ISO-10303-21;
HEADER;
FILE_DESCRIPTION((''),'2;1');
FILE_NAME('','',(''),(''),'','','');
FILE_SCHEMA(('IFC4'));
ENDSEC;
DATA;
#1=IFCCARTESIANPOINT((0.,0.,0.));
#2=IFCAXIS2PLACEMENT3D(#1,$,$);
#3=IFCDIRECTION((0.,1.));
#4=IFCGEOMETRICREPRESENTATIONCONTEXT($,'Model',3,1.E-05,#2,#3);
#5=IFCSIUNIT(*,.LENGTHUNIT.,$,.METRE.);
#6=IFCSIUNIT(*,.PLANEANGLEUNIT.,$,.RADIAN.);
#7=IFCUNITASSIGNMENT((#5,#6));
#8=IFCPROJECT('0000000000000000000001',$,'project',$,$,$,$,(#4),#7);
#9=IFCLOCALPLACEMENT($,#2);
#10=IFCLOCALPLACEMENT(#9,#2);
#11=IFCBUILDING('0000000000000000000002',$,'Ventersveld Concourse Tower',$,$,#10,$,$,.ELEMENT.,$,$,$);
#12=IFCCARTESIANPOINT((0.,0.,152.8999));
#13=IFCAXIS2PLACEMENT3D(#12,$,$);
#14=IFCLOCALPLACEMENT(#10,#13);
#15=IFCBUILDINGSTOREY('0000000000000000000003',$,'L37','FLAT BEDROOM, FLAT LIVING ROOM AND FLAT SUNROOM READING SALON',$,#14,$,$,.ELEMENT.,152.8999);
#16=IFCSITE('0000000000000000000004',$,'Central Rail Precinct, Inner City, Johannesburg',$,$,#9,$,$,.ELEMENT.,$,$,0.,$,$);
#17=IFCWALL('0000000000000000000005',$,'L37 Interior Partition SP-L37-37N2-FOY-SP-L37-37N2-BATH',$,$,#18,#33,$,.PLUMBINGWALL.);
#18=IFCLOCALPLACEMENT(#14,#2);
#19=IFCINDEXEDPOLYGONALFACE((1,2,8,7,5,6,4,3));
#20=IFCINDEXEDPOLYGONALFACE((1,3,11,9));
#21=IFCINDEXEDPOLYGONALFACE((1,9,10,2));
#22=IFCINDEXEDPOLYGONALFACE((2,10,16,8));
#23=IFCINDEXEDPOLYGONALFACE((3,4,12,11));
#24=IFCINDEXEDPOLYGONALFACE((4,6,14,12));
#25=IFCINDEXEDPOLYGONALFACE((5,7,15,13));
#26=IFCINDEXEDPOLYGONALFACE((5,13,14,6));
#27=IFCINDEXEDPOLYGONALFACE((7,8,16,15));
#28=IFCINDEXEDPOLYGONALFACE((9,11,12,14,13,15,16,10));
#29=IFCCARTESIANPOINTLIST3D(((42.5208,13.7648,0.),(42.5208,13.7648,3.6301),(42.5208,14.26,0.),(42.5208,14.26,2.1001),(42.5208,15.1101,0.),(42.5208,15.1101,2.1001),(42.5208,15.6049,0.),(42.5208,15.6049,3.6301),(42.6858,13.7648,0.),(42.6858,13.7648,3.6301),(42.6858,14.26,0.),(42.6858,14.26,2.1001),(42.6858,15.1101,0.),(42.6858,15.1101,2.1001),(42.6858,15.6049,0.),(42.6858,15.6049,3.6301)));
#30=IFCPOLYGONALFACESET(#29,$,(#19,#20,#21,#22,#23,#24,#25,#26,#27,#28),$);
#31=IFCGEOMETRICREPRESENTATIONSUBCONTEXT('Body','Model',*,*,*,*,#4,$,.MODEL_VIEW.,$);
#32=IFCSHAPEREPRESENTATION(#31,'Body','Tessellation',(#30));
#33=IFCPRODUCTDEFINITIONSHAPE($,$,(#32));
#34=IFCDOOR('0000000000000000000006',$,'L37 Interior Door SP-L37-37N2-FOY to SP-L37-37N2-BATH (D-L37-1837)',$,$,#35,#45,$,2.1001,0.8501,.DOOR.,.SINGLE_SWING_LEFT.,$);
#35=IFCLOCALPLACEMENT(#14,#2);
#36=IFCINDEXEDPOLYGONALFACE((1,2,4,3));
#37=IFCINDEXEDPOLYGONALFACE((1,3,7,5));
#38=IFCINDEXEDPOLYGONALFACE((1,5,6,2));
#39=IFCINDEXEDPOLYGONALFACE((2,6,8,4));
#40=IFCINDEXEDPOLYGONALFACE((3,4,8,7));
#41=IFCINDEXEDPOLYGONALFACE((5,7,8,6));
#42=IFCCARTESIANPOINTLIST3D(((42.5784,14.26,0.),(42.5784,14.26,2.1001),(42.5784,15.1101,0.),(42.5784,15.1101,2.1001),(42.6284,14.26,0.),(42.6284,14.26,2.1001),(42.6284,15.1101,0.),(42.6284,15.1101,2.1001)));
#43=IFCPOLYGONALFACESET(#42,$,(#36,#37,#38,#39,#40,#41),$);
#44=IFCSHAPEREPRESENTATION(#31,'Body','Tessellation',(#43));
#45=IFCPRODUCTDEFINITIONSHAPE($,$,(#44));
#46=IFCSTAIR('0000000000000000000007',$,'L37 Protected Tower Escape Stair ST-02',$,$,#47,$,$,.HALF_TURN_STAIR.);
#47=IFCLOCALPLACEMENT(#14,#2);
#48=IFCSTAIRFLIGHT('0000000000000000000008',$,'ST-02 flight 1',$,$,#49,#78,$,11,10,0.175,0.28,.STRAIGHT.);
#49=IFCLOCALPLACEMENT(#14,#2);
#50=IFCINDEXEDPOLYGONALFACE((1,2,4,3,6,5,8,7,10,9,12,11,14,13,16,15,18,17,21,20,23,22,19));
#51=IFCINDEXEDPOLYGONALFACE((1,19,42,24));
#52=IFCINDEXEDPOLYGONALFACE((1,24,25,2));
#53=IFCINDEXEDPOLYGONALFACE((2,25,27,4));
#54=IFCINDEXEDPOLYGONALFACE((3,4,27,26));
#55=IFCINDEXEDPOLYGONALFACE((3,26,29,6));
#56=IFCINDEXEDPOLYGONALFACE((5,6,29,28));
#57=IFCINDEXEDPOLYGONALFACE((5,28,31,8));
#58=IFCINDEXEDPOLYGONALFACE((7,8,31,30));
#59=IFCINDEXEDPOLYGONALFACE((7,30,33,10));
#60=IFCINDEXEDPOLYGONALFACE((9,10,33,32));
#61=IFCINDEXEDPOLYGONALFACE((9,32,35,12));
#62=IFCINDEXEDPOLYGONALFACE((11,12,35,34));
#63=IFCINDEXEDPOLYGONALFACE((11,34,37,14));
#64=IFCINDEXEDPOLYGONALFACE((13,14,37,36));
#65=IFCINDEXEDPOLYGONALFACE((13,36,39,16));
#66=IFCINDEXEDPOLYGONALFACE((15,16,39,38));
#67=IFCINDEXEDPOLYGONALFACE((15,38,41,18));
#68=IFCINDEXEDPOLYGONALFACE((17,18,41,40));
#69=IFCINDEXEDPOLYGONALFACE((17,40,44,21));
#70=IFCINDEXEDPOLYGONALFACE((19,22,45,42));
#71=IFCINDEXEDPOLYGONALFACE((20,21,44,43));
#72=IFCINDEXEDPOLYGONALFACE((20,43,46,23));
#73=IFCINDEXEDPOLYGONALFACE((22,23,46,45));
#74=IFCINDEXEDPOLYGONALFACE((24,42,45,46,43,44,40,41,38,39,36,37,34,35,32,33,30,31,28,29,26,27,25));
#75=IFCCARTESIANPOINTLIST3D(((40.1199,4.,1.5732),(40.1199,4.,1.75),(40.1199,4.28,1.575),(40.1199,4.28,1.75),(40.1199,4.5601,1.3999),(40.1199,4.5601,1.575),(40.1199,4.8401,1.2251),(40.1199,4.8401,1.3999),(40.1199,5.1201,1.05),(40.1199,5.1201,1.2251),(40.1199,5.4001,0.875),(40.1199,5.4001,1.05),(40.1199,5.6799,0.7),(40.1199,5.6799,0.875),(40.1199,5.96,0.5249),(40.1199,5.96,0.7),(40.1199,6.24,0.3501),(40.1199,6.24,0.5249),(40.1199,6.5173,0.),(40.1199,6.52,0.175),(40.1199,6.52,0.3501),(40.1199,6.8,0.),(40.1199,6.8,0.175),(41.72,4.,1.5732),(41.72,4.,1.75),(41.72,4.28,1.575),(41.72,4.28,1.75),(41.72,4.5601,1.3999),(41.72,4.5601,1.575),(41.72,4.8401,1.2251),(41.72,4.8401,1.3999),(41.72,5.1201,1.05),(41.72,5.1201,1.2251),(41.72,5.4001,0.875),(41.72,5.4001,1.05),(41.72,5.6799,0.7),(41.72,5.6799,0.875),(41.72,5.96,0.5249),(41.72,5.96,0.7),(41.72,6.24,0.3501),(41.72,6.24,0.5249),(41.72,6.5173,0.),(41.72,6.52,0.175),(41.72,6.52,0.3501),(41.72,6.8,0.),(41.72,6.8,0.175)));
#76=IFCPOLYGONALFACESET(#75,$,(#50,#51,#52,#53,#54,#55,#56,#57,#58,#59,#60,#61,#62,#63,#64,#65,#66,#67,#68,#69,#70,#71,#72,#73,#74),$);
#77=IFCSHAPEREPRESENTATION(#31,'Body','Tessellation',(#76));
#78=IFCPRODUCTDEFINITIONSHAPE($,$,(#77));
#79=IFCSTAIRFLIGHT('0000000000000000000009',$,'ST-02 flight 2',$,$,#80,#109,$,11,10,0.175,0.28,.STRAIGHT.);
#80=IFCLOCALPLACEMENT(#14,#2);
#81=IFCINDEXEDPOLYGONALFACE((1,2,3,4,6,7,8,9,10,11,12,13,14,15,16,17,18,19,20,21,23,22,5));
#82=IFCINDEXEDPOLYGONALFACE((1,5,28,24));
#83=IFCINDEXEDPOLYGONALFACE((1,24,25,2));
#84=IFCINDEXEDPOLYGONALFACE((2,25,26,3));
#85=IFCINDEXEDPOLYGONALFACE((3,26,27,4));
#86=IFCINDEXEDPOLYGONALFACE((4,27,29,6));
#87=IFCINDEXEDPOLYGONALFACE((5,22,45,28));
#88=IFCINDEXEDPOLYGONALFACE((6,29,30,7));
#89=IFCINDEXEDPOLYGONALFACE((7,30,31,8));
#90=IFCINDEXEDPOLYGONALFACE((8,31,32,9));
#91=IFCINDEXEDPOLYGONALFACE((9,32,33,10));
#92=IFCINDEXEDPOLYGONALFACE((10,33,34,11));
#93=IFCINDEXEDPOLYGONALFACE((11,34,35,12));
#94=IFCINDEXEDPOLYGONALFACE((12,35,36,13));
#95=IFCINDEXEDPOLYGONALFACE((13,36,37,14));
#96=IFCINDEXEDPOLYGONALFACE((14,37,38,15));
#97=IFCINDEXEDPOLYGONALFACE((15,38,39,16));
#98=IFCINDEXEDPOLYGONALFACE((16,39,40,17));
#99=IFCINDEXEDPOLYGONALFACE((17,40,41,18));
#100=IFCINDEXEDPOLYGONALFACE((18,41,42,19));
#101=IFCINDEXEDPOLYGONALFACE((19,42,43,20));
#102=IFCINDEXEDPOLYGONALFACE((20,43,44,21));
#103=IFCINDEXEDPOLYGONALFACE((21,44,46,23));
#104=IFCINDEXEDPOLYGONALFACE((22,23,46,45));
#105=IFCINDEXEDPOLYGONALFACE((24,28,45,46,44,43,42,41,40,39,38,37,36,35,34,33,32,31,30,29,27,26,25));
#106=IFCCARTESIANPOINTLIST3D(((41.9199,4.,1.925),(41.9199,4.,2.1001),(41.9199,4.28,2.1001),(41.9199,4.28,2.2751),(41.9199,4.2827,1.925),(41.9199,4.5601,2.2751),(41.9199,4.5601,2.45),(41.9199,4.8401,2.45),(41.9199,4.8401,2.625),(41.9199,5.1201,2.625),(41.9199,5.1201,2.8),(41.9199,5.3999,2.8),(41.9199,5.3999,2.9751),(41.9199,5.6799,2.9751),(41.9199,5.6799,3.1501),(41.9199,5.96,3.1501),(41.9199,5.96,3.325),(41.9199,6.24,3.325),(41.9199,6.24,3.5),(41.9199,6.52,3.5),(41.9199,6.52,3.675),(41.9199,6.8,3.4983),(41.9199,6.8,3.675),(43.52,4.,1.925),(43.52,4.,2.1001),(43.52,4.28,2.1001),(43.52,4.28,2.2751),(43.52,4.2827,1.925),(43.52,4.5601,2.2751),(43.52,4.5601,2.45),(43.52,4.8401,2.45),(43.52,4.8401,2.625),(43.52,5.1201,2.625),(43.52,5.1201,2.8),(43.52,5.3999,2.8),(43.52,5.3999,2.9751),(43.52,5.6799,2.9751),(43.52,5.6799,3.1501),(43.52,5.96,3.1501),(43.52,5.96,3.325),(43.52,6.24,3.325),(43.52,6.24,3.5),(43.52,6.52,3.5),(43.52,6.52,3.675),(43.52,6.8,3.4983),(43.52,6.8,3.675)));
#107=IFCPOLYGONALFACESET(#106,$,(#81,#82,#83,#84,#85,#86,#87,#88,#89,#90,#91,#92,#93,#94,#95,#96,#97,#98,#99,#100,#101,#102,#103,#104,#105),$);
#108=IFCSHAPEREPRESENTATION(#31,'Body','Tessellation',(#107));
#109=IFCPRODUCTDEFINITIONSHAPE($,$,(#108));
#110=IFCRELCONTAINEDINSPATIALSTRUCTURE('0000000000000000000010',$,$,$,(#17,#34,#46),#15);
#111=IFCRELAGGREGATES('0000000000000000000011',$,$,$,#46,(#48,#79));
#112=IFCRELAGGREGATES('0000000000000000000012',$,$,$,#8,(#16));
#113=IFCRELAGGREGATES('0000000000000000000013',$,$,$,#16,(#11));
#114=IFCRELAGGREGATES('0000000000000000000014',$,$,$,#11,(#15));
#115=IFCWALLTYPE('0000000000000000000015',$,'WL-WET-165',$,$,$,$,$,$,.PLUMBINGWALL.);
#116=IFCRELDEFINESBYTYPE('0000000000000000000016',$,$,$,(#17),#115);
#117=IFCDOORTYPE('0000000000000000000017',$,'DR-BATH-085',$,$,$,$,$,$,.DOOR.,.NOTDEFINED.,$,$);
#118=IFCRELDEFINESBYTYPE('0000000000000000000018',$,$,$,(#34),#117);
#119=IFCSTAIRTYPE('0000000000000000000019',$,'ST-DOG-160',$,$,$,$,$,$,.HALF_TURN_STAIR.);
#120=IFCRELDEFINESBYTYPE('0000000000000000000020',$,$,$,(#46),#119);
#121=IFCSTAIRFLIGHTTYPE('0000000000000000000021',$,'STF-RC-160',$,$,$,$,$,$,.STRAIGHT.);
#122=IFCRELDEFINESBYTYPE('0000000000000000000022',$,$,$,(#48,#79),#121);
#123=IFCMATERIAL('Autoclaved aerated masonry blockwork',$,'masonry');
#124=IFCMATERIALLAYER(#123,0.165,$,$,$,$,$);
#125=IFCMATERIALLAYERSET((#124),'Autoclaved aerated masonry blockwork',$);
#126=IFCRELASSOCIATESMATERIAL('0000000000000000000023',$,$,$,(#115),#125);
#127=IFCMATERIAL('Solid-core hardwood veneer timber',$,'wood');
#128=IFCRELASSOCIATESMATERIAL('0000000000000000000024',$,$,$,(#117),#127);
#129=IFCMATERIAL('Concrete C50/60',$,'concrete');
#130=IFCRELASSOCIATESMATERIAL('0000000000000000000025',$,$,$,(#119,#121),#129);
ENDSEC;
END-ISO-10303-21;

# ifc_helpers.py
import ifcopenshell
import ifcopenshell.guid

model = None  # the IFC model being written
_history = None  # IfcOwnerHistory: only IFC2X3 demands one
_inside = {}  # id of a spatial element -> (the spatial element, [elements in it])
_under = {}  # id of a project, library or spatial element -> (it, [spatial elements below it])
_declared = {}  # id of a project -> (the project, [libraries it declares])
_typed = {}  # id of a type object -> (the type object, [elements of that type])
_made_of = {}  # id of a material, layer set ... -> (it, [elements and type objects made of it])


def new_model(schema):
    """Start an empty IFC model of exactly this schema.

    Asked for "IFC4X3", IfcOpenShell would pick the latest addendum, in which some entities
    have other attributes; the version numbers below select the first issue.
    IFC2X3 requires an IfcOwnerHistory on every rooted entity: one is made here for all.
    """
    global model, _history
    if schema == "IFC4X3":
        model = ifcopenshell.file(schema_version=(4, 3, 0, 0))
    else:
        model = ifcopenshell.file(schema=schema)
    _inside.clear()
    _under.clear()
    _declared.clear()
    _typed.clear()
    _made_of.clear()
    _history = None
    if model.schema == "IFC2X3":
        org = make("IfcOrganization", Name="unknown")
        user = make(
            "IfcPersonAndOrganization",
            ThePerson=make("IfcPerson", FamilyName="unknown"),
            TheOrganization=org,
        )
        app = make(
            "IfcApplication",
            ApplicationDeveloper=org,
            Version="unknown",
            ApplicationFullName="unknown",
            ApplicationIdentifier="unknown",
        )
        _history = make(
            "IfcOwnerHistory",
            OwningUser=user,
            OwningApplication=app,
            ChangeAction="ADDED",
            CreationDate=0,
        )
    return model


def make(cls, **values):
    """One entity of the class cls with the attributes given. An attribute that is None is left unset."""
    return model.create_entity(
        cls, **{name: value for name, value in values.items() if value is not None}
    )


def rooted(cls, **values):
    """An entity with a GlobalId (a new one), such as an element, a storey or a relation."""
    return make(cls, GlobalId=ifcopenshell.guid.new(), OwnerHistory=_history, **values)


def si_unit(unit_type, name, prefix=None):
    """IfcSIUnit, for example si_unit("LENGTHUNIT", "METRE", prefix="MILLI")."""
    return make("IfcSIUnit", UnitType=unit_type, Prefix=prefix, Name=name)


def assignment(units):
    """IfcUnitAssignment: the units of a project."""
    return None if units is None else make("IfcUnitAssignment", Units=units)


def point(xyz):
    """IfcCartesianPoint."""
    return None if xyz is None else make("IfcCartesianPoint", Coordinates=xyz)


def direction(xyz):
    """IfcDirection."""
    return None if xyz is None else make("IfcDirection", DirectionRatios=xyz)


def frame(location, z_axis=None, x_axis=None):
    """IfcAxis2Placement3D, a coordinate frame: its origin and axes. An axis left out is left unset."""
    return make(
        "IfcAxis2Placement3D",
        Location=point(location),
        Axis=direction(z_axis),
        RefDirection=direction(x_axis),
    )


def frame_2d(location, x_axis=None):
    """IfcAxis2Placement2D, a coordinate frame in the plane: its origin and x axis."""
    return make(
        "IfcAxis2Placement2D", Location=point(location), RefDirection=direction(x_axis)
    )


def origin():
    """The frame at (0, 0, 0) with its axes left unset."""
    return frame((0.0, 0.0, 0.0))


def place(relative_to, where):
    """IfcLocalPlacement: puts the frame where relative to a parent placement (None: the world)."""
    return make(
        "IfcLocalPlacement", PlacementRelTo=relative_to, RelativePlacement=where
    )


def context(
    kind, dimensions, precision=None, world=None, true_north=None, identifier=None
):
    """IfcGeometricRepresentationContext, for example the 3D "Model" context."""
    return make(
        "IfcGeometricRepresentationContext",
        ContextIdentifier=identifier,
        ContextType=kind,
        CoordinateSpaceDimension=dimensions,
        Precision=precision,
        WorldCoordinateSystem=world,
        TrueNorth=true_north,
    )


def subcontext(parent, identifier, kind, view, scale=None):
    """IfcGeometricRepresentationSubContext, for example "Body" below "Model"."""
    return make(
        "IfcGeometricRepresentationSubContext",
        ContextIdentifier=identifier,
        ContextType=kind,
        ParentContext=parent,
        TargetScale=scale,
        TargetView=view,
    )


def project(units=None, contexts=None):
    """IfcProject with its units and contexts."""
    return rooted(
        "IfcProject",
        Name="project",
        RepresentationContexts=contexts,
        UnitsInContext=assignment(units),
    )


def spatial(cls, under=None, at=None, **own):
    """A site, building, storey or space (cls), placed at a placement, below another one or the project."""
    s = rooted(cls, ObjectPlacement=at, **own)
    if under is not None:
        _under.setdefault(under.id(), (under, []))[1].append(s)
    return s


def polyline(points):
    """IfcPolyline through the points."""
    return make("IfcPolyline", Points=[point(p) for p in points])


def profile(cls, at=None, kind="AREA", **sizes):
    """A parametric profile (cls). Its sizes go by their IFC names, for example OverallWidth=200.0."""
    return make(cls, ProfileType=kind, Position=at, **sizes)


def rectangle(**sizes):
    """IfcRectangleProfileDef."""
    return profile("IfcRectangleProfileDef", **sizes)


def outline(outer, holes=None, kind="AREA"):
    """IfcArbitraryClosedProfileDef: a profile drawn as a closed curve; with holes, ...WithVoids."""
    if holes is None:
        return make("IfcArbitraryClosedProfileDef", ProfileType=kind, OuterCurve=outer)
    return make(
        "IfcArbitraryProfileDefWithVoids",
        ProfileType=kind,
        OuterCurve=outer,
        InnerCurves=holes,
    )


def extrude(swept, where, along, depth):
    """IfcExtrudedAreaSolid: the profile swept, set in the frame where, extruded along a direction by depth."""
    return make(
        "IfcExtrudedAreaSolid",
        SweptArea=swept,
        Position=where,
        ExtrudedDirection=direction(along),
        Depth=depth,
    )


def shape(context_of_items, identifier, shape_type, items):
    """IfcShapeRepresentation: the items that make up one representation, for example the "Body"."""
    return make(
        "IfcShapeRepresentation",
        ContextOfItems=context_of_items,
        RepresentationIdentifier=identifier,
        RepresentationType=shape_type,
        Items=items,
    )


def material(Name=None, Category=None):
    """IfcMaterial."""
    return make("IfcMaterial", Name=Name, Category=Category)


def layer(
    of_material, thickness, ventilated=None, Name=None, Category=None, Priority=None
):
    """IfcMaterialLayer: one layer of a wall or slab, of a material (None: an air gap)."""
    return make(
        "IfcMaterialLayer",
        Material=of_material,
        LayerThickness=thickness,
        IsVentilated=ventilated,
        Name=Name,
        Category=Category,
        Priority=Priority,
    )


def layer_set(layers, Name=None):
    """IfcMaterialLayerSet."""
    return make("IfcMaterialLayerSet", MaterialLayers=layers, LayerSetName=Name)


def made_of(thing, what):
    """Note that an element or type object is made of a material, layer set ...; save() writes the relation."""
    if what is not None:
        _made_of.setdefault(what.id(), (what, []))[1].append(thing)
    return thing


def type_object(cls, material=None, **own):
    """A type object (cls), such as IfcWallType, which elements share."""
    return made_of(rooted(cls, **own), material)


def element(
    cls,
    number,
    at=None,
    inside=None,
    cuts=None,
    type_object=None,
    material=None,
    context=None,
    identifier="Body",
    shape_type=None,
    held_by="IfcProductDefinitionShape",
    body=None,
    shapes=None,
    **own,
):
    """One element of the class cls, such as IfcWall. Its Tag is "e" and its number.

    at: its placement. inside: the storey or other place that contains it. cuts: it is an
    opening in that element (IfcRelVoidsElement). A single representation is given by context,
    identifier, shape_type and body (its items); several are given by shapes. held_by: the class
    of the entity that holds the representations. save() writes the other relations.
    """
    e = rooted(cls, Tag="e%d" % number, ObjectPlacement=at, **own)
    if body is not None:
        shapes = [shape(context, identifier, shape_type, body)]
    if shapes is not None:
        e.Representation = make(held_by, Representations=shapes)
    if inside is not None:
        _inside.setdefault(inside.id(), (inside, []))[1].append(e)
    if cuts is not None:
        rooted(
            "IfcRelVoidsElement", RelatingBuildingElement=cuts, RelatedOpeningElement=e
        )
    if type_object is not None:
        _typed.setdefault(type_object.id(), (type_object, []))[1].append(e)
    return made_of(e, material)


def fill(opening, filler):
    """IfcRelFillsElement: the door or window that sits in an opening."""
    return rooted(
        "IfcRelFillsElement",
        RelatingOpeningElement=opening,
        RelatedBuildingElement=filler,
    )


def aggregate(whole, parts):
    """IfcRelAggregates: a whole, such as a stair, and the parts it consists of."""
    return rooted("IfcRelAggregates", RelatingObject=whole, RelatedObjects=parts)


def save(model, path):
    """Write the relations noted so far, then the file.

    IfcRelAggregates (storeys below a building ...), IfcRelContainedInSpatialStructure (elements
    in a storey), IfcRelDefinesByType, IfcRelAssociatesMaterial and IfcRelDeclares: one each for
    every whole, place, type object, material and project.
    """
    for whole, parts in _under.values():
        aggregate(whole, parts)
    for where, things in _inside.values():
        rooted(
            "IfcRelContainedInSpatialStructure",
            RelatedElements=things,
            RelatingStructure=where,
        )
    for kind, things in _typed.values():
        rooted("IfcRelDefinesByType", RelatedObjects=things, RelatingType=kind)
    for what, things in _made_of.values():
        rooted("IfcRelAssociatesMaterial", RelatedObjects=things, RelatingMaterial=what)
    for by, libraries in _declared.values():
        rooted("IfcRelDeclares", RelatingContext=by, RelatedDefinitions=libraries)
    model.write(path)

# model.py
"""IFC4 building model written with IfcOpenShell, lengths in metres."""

from ifc_helpers import new_model, si_unit, direction, frame, frame_2d, origin, place, context, subcontext, project, spatial, polyline, rectangle, outline, extrude, material, layer, layer_set, type_object, element, fill, aggregate, save


model = new_model("IFC4")

# Units and contexts
model_context = context("Model", 3, precision=1e-05, world=origin(), true_north=direction((0.0, 1.0)))
body_context = subcontext(model_context, "Body", "Model", "MODEL_VIEW")
ifc_project = project(units=[si_unit("LENGTHUNIT", "METRE"), si_unit("PLANEANGLEUNIT", "RADIAN")], contexts=[model_context])

# Site, building, storey
site_placement = place(None, origin())
site = spatial("IfcSite", under=ifc_project, at=site_placement, Name="Central Rail Precinct, Inner City, Johannesburg", CompositionType="ELEMENT", RefElevation=0.0)
building_placement = place(site_placement, origin())
building = spatial("IfcBuilding", under=site, at=building_placement, Name="Ventersveld Concourse Tower", CompositionType="ELEMENT")
storey_placement = place(building_placement, frame((0.0, 0.0, 152.8999)))
storey = spatial("IfcBuildingStorey", under=building, at=storey_placement, Name="L37", Description="FLAT BEDROOM, FLAT LIVING ROOM AND FLAT SUNROOM READING SALON", CompositionType="ELEMENT", Elevation=152.8999)

# Wall, opening, door
ifc_material_1 = material(Name="Solid-core hardwood veneer timber", Category="wood")
ifc_material_2 = material(Name="Autoclaved aerated masonry blockwork", Category="masonry")
ifc_layer_1 = layer(ifc_material_2, 0.165)
ifc_layer_set_1 = layer_set([ifc_layer_1], Name="Autoclaved aerated masonry blockwork")
wall_type_1 = type_object("IfcWallType", Name="WL-WET-165", PredefinedType="PLUMBINGWALL", material=ifc_layer_set_1)
wall_1_placement = place(storey_placement, frame((42.6033, 13.7649, 0.0), z_axis=(0.0, 0.0, 1.0), x_axis=(0.0, 1.0, 0.0)))
wall_1 = element("IfcWall", 1, at=wall_1_placement, inside=storey, type_object=wall_type_1, Name="L37 Interior Partition SP-L37-37N2-FOY-SP-L37-37N2-BATH", PredefinedType="PLUMBINGWALL", context=body_context, shape_type="SweptSolid", body=[
    extrude(rectangle(XDim=1.8401, YDim=0.165, at=frame_2d((0.9199, 0.0))), origin(), (0.0, 0.0, 1.0), 3.6301),
])
opening_1_placement = place(wall_1_placement, frame((0.4951, 0.0, 0.0)))
opening_1 = element("IfcOpeningElement", 2, at=opening_1_placement, cuts=wall_1, PredefinedType="OPENING", context=body_context, shape_type="SweptSolid", body=[
    extrude(rectangle(XDim=0.8501, YDim=2.1001, at=frame_2d((0.425, 1.05))), frame((0.0, 0.0925, 0.0), z_axis=(0.0, -1.0, 0.0), x_axis=(1.0, 0.0, 0.0)), (0.0, 0.0, 1.0), 0.1851),
])
door_type_1 = type_object("IfcDoorType", Name="DR-BATH-085", OperationType="NOTDEFINED", PredefinedType="DOOR", material=ifc_material_1)
door_1_placement = place(opening_1_placement, origin())
door_1 = element("IfcDoor", 3, at=door_1_placement, inside=storey, type_object=door_type_1, Name="L37 Interior Door SP-L37-37N2-FOY to SP-L37-37N2-BATH (D-L37-1837)", OperationType="SINGLE_SWING_LEFT", OverallHeight=2.1001, OverallWidth=0.8501, PredefinedType="DOOR", context=body_context, shape_type="SweptSolid", body=[
    extrude(rectangle(XDim=0.8501, YDim=2.1001, at=frame_2d((0.425, 1.05))), frame((0.0, 0.0249, 0.0), z_axis=(0.0, -1.0, 0.0), x_axis=(1.0, 0.0, 0.0)), (0.0, 0.0, 1.0), 0.05),
])
fill(opening_1, door_1)

# Stair, stair flights
ifc_material_3 = material(Name="Concrete C50/60", Category="concrete")
stair_type = type_object("IfcStairType", Name="ST-DOG-160", PredefinedType="HALF_TURN_STAIR", material=ifc_material_3)
stair_placement = place(storey_placement, origin())
stair = element("IfcStair", 4, at=stair_placement, inside=storey, type_object=stair_type, Name="L37 Protected Tower Escape Stair ST-02", PredefinedType="HALF_TURN_STAIR")
stair_flight_type = type_object("IfcStairFlightType", Name="STF-RC-160", PredefinedType="STRAIGHT", material=ifc_material_3)
stair_flight_1_placement = place(storey_placement, frame((40.9199, 6.8, 0.0), z_axis=(0.0, 0.0, 1.0), x_axis=(0.0, -1.0, 0.0)))
stair_flight_1 = element("IfcStairFlight", 5, at=stair_flight_1_placement, type_object=stair_flight_type, Name="ST-02 flight 1", NumberOfRisers=11, NumberOfTreads=10, PredefinedType="STRAIGHT", RiserHeight=0.175, TreadLength=0.28, context=body_context, shape_type="SweptSolid", body=[
    extrude(outline(polyline([(0.0, 0.0), (0.0, 0.175), (0.28, 0.175), (0.28, 0.3501), (0.5601, 0.3501), (0.5601, 0.5249), (0.8401, 0.5249), (0.8401, 0.7), (1.1201, 0.7), (1.1201, 0.875), (1.3999, 0.875), (1.3999, 1.05), (1.6799, 1.05), (1.6799, 1.2251), (1.96, 1.2251), (1.96, 1.3999), (2.24, 1.3999), (2.24, 1.575), (2.52, 1.575), (2.52, 1.75), (2.8, 1.75), (2.8, 1.925), (2.8, 1.5732), (0.2827, 0.0), (0.0, 0.0)])), frame((0.0, 0.8, 0.0), z_axis=(0.0, -1.0, 0.0), x_axis=(1.0, 0.0, 0.0)), (0.0, 0.0, 1.0), 1.6001),
])
stair_flight_2_placement = place(storey_placement, frame((42.72, 4.0, 1.925), z_axis=(0.0, 0.0, 1.0), x_axis=(0.0, 1.0, 0.0)))
stair_flight_2 = element("IfcStairFlight", 6, at=stair_flight_2_placement, type_object=stair_flight_type, Name="ST-02 flight 2", NumberOfRisers=11, NumberOfTreads=10, PredefinedType="STRAIGHT", RiserHeight=0.175, TreadLength=0.28, context=body_context, shape_type="SweptSolid", body=[
    extrude(outline(polyline([(0.0, 0.0), (0.0, 0.175), (0.28, 0.175), (0.28, 0.3501), (0.5601, 0.3501), (0.5601, 0.5249), (0.8401, 0.5249), (0.8401, 0.7), (1.1201, 0.7), (1.1201, 0.875), (1.3999, 0.875), (1.3999, 1.05), (1.6799, 1.05), (1.6799, 1.2251), (1.96, 1.2251), (1.96, 1.3999), (2.24, 1.3999), (2.24, 1.575), (2.52, 1.575), (2.52, 1.75), (2.8, 1.75), (2.8, 1.925), (2.8, 1.5732), (0.2827, 0.0), (0.0, 0.0)])), frame((0.0, 0.8, 0.0), z_axis=(0.0, -1.0, 0.0), x_axis=(1.0, 0.0, 0.0)), (0.0, 0.0, 1.0), 1.6001),
])
aggregate(stair, [stair_flight_1, stair_flight_2])

save(model, "model.ifc")
